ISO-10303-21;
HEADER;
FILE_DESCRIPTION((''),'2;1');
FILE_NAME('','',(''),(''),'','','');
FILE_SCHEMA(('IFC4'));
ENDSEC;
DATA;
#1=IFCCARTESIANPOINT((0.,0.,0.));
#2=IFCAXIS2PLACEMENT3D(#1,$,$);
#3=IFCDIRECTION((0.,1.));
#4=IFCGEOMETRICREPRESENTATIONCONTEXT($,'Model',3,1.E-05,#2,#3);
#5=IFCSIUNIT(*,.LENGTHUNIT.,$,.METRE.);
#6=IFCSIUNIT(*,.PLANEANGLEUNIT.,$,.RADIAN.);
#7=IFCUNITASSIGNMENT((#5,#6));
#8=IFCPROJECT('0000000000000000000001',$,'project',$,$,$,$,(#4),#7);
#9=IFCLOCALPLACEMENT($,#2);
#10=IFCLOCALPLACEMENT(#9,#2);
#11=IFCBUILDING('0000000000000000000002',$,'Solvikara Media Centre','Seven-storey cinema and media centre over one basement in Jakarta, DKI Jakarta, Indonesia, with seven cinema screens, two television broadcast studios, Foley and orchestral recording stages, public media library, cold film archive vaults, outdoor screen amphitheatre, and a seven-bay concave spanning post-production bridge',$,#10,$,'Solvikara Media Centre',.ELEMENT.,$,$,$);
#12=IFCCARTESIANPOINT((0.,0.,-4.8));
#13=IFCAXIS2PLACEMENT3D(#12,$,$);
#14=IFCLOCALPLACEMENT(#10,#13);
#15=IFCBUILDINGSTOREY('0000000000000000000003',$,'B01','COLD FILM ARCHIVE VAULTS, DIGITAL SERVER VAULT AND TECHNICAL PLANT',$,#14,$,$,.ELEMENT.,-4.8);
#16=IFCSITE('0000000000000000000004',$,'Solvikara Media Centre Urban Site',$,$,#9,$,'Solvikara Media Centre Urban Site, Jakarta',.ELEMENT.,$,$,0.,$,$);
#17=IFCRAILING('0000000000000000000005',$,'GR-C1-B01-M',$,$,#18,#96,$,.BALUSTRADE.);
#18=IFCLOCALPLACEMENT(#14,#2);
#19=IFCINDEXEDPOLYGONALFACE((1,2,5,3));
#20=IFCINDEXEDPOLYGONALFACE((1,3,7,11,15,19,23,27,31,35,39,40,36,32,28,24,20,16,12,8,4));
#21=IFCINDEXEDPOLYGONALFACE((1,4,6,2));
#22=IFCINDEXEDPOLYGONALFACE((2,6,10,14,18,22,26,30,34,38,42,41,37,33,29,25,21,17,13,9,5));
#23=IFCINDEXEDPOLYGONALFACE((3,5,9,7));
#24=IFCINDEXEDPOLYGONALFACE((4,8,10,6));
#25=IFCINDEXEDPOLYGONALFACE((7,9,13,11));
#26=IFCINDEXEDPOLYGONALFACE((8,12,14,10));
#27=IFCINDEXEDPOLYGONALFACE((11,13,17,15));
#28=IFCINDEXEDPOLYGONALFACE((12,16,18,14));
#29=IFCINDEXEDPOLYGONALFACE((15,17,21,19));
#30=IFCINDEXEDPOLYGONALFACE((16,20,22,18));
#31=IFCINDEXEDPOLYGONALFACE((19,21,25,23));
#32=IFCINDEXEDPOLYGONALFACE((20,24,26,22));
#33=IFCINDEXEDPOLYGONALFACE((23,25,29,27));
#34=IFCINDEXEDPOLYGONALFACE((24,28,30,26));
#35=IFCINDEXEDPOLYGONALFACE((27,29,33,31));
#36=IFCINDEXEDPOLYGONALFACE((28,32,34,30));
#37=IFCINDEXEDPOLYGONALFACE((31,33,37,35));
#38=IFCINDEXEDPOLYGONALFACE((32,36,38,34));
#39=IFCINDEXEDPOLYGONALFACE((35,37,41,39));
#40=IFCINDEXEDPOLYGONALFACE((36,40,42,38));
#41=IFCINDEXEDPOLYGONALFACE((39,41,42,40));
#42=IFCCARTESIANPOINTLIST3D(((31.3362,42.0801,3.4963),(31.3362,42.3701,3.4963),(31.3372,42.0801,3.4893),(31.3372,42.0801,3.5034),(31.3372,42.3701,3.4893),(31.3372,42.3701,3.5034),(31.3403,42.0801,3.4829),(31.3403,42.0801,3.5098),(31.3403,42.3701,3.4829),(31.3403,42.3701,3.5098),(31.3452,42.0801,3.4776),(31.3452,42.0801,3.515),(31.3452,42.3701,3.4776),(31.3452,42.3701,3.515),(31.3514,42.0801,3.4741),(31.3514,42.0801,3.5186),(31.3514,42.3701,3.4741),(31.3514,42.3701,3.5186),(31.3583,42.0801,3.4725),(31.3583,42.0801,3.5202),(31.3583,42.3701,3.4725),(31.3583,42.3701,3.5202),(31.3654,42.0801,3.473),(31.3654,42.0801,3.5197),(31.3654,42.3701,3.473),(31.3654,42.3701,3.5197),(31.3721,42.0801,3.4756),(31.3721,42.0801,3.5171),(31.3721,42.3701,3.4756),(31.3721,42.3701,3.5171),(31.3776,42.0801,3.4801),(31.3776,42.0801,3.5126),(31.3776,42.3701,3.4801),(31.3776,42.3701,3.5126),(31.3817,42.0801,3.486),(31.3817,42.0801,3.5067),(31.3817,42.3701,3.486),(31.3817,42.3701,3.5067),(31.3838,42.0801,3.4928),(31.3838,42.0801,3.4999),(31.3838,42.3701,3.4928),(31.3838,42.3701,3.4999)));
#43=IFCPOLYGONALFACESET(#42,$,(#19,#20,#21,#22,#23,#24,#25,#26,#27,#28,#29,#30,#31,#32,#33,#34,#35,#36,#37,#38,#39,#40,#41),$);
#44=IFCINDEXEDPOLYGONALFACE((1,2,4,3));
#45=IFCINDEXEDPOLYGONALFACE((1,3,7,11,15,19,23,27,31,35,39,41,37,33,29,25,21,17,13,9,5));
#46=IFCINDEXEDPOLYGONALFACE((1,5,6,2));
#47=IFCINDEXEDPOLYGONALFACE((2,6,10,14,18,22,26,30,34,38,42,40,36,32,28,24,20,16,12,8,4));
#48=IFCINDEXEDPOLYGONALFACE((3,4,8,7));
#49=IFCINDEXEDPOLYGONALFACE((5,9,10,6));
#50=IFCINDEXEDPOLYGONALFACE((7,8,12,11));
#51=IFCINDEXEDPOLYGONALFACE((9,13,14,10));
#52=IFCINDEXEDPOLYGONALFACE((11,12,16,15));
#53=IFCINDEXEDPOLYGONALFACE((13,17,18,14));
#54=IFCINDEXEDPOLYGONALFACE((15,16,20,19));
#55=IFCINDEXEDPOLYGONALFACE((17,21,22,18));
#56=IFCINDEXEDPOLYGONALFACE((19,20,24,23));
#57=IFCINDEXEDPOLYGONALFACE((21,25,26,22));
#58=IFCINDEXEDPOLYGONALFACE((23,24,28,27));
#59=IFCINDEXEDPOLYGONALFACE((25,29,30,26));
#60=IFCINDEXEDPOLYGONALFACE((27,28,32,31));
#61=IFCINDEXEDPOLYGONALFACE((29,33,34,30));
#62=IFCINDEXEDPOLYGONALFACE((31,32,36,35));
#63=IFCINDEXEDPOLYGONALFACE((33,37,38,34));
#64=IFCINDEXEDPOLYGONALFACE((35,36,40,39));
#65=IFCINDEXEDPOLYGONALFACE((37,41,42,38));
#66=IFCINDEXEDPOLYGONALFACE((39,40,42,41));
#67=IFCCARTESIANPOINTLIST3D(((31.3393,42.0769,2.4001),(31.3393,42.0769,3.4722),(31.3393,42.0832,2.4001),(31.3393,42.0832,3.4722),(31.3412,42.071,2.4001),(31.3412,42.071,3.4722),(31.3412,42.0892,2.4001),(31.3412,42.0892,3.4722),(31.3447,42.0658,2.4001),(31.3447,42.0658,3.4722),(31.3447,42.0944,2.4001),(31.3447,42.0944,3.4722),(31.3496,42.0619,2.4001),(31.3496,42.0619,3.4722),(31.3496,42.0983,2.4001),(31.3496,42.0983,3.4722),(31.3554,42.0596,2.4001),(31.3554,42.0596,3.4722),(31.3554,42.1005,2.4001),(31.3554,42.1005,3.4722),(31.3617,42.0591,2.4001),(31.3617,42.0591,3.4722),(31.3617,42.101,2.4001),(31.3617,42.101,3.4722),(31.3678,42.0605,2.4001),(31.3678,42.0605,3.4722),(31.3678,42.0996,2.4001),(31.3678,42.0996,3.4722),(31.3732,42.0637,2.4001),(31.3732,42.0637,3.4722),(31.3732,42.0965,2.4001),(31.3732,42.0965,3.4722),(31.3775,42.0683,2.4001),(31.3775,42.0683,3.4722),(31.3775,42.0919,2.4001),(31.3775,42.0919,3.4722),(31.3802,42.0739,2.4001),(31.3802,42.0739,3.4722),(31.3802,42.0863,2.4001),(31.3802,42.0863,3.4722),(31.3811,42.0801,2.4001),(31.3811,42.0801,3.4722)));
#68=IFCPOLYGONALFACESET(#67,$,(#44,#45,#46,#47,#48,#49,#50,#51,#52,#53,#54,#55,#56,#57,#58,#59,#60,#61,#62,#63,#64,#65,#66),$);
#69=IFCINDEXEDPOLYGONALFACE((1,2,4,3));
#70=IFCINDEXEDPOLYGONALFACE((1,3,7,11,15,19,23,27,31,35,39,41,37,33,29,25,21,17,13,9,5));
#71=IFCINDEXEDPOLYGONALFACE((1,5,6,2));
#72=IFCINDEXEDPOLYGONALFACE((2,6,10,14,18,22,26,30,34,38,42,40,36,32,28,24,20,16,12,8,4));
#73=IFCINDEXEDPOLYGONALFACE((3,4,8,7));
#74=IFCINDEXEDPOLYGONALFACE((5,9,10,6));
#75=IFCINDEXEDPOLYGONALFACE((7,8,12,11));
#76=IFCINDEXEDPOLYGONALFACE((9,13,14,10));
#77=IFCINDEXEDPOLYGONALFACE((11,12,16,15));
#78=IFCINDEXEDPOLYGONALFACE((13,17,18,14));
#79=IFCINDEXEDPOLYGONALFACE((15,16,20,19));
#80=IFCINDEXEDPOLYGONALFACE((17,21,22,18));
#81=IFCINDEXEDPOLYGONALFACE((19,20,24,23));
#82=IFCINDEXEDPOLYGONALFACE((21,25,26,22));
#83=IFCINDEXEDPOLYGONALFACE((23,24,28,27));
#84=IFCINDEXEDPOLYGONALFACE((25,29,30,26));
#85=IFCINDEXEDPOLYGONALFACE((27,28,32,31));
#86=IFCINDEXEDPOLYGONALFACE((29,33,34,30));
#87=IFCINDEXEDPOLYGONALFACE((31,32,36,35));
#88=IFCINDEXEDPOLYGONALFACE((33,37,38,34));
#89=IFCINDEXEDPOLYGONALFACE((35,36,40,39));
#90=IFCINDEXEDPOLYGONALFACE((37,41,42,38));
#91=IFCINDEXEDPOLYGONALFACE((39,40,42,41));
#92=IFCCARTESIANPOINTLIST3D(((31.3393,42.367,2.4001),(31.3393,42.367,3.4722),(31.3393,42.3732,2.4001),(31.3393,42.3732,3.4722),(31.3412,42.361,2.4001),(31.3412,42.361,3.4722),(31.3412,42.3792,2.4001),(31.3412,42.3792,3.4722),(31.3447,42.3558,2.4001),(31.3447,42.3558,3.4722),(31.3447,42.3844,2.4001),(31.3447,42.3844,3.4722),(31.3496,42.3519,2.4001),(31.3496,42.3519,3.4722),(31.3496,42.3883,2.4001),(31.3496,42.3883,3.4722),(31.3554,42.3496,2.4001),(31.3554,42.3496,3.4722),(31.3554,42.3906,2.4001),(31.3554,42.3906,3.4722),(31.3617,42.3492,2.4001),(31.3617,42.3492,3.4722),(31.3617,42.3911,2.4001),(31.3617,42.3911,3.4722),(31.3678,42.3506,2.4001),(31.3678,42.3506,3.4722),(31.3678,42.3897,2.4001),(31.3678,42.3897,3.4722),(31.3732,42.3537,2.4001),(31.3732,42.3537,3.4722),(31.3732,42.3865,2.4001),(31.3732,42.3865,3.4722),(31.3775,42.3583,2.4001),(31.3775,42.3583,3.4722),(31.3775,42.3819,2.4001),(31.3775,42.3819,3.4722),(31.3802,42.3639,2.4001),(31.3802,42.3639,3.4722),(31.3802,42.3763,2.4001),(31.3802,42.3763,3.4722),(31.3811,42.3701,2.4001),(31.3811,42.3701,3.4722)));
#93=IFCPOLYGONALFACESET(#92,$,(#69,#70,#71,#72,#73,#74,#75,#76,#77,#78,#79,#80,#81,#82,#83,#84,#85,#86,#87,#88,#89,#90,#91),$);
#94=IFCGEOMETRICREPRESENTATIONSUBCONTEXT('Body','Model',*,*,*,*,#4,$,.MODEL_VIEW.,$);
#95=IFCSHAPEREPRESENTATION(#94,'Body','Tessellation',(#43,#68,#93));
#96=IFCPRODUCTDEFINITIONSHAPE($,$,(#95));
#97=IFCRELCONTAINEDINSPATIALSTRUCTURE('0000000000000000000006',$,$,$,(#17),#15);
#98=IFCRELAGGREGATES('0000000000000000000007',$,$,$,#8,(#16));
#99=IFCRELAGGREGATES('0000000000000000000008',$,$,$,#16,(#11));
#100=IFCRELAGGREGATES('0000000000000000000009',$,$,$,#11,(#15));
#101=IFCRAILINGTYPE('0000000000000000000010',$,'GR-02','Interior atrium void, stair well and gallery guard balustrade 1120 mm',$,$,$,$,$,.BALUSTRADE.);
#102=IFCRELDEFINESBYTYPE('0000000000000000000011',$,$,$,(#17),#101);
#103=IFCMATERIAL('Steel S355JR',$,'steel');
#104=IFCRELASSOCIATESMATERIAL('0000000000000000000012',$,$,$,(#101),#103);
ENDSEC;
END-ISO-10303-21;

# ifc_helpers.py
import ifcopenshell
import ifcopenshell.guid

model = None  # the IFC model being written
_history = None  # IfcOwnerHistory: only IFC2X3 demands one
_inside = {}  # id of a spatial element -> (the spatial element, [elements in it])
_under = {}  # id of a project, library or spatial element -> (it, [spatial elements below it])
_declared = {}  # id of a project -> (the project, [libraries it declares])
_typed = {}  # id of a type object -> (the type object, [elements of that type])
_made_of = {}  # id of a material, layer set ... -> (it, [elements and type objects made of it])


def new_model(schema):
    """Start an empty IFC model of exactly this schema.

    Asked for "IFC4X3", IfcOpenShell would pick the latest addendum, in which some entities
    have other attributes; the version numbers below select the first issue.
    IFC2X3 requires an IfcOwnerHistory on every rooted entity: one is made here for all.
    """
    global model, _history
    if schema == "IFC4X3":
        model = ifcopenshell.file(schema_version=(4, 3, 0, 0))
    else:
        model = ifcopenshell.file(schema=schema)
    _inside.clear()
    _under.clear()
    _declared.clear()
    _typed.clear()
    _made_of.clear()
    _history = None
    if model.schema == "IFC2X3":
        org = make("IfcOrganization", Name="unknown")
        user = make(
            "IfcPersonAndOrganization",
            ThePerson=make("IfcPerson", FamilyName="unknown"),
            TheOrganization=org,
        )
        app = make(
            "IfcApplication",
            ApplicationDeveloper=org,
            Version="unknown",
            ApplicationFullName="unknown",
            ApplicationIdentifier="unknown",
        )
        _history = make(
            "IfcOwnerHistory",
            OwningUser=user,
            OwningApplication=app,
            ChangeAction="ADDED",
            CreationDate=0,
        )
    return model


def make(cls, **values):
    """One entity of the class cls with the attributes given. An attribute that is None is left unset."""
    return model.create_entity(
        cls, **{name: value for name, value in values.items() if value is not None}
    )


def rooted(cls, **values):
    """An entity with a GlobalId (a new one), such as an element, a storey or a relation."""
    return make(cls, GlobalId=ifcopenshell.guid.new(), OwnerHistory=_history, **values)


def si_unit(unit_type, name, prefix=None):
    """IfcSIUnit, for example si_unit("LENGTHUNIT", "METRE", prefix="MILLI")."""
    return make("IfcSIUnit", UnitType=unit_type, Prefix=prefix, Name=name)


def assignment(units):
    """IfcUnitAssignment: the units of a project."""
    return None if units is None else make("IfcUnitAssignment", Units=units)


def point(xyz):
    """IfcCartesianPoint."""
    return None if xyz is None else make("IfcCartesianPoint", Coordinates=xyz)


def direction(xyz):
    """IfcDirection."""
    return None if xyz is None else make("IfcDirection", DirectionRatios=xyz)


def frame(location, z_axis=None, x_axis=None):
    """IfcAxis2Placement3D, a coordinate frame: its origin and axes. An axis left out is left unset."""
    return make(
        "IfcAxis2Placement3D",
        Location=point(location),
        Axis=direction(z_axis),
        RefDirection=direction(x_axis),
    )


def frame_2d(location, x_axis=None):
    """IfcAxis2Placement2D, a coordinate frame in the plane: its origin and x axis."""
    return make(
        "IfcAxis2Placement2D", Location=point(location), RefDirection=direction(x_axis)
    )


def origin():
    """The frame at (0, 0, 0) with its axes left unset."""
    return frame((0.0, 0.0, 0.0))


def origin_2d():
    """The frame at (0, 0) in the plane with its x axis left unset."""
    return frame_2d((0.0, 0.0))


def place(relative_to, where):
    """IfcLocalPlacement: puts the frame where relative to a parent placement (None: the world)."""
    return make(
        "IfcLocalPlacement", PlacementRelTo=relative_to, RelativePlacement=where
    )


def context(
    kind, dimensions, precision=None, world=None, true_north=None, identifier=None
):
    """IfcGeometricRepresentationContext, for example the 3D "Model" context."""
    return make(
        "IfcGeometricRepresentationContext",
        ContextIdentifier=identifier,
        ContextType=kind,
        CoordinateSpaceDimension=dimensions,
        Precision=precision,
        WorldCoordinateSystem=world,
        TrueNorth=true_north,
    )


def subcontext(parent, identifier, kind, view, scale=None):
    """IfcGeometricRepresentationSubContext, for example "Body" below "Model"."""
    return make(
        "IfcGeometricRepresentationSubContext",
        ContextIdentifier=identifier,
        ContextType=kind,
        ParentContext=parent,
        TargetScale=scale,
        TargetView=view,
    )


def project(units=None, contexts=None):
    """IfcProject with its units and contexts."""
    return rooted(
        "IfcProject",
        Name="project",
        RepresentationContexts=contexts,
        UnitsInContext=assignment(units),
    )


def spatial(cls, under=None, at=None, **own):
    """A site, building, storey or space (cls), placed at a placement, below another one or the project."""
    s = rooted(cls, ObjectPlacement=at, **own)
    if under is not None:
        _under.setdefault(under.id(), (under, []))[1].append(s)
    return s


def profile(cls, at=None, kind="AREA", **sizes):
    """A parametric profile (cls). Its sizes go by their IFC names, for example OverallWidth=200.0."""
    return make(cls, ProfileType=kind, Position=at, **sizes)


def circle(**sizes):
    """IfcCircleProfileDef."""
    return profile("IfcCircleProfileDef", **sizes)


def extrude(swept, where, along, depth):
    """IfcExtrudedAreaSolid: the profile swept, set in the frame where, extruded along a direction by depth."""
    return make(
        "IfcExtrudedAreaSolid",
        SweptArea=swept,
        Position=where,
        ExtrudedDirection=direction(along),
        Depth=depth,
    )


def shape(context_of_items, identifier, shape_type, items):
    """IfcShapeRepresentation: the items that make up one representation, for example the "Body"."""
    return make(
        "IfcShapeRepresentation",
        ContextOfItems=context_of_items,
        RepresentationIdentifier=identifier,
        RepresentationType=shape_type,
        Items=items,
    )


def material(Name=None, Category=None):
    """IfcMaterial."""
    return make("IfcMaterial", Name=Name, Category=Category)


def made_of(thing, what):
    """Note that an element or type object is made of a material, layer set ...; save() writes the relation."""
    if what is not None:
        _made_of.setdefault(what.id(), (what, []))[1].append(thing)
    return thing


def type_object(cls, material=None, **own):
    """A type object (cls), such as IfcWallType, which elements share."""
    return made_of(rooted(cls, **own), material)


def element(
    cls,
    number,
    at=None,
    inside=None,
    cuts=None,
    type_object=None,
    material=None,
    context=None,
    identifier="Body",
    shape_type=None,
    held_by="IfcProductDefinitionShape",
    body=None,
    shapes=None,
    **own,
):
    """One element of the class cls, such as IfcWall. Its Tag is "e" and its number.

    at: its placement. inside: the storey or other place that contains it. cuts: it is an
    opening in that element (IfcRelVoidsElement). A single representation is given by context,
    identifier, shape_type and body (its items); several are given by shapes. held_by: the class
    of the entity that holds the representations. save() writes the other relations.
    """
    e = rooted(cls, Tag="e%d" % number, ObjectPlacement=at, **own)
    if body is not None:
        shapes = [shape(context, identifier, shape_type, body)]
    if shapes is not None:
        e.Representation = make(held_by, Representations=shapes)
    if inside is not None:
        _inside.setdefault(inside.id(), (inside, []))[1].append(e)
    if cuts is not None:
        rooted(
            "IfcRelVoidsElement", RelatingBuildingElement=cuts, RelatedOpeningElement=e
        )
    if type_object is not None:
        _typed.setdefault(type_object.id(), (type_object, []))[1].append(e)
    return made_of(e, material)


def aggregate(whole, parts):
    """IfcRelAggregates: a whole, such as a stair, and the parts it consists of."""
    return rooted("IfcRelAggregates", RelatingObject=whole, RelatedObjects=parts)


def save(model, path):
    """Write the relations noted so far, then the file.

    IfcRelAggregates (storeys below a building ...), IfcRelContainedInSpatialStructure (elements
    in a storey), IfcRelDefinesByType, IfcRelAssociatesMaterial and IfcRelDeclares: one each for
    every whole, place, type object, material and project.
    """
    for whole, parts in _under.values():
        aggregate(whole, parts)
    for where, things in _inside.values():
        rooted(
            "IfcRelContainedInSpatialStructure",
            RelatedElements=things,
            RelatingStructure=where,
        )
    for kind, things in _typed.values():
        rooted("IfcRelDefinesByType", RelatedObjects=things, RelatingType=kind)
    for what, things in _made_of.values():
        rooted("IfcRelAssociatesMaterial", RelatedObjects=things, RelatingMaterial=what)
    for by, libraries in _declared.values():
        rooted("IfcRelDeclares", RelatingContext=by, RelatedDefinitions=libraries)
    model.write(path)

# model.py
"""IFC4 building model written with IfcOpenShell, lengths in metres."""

from ifc_helpers import new_model, si_unit, direction, frame, origin, origin_2d, place, context, subcontext, project, spatial, circle, extrude, material, type_object, element, save


model = new_model("IFC4")

# Units and contexts
model_context = context("Model", 3, precision=1e-05, world=origin(), true_north=direction((0.0, 1.0)))
body_context = subcontext(model_context, "Body", "Model", "MODEL_VIEW")
ifc_project = project(units=[si_unit("LENGTHUNIT", "METRE"), si_unit("PLANEANGLEUNIT", "RADIAN")], contexts=[model_context])

# Site, building, storey
site_placement = place(None, origin())
site = spatial("IfcSite", under=ifc_project, at=site_placement, Name="Solvikara Media Centre Urban Site", LongName="Solvikara Media Centre Urban Site, Jakarta", CompositionType="ELEMENT", RefElevation=0.0)
building_placement = place(site_placement, origin())
building = spatial("IfcBuilding", under=site, at=building_placement, Name="Solvikara Media Centre", Description="Seven-storey cinema and media centre over one basement in Jakarta, DKI Jakarta, Indonesia, with seven cinema screens, two television broadcast studios, Foley and orchestral recording stages, public media library, cold film archive vaults, outdoor screen amphitheatre, and a seven-bay concave spanning post-production bridge", LongName="Solvikara Media Centre", CompositionType="ELEMENT")
storey_placement = place(building_placement, frame((0.0, 0.0, -4.8)))
storey = spatial("IfcBuildingStorey", under=building, at=storey_placement, Name="B01", Description="COLD FILM ARCHIVE VAULTS, DIGITAL SERVER VAULT AND TECHNICAL PLANT", CompositionType="ELEMENT", Elevation=-4.8)

# Railing
ifc_material_1 = material(Name="Steel S355JR", Category="steel")
railing_type_1 = type_object("IfcRailingType", Name="GR-02", Description="Interior atrium void, stair well and gallery guard balustrade 1120 mm", PredefinedType="BALUSTRADE", material=ifc_material_1)
railing_1_placement = place(storey_placement, frame((31.3601, 42.0801, 2.4001)))
element("IfcRailing", 1, at=railing_1_placement, inside=storey, type_object=railing_type_1, Name="GR-C1-B01-M", PredefinedType="BALUSTRADE", context=body_context, shape_type="SweptSolid", body=[
    extrude(circle(Radius=0.0239, at=origin_2d()), frame((0.0, 0.0, 1.0962), z_axis=(0.0, 1.0, 0.0), x_axis=(-1.0, 0.0, 0.0)), (0.0, 0.0, 1.0), 0.29),
    extrude(circle(Radius=0.021, at=origin_2d()), origin(), (0.0, 0.0, 1.0), 1.072),
    extrude(circle(Radius=0.021, at=origin_2d()), frame((0.0, 0.29, 0.0)), (0.0, 0.0, 1.0), 1.072),
])

save(model, "model.ifc")
